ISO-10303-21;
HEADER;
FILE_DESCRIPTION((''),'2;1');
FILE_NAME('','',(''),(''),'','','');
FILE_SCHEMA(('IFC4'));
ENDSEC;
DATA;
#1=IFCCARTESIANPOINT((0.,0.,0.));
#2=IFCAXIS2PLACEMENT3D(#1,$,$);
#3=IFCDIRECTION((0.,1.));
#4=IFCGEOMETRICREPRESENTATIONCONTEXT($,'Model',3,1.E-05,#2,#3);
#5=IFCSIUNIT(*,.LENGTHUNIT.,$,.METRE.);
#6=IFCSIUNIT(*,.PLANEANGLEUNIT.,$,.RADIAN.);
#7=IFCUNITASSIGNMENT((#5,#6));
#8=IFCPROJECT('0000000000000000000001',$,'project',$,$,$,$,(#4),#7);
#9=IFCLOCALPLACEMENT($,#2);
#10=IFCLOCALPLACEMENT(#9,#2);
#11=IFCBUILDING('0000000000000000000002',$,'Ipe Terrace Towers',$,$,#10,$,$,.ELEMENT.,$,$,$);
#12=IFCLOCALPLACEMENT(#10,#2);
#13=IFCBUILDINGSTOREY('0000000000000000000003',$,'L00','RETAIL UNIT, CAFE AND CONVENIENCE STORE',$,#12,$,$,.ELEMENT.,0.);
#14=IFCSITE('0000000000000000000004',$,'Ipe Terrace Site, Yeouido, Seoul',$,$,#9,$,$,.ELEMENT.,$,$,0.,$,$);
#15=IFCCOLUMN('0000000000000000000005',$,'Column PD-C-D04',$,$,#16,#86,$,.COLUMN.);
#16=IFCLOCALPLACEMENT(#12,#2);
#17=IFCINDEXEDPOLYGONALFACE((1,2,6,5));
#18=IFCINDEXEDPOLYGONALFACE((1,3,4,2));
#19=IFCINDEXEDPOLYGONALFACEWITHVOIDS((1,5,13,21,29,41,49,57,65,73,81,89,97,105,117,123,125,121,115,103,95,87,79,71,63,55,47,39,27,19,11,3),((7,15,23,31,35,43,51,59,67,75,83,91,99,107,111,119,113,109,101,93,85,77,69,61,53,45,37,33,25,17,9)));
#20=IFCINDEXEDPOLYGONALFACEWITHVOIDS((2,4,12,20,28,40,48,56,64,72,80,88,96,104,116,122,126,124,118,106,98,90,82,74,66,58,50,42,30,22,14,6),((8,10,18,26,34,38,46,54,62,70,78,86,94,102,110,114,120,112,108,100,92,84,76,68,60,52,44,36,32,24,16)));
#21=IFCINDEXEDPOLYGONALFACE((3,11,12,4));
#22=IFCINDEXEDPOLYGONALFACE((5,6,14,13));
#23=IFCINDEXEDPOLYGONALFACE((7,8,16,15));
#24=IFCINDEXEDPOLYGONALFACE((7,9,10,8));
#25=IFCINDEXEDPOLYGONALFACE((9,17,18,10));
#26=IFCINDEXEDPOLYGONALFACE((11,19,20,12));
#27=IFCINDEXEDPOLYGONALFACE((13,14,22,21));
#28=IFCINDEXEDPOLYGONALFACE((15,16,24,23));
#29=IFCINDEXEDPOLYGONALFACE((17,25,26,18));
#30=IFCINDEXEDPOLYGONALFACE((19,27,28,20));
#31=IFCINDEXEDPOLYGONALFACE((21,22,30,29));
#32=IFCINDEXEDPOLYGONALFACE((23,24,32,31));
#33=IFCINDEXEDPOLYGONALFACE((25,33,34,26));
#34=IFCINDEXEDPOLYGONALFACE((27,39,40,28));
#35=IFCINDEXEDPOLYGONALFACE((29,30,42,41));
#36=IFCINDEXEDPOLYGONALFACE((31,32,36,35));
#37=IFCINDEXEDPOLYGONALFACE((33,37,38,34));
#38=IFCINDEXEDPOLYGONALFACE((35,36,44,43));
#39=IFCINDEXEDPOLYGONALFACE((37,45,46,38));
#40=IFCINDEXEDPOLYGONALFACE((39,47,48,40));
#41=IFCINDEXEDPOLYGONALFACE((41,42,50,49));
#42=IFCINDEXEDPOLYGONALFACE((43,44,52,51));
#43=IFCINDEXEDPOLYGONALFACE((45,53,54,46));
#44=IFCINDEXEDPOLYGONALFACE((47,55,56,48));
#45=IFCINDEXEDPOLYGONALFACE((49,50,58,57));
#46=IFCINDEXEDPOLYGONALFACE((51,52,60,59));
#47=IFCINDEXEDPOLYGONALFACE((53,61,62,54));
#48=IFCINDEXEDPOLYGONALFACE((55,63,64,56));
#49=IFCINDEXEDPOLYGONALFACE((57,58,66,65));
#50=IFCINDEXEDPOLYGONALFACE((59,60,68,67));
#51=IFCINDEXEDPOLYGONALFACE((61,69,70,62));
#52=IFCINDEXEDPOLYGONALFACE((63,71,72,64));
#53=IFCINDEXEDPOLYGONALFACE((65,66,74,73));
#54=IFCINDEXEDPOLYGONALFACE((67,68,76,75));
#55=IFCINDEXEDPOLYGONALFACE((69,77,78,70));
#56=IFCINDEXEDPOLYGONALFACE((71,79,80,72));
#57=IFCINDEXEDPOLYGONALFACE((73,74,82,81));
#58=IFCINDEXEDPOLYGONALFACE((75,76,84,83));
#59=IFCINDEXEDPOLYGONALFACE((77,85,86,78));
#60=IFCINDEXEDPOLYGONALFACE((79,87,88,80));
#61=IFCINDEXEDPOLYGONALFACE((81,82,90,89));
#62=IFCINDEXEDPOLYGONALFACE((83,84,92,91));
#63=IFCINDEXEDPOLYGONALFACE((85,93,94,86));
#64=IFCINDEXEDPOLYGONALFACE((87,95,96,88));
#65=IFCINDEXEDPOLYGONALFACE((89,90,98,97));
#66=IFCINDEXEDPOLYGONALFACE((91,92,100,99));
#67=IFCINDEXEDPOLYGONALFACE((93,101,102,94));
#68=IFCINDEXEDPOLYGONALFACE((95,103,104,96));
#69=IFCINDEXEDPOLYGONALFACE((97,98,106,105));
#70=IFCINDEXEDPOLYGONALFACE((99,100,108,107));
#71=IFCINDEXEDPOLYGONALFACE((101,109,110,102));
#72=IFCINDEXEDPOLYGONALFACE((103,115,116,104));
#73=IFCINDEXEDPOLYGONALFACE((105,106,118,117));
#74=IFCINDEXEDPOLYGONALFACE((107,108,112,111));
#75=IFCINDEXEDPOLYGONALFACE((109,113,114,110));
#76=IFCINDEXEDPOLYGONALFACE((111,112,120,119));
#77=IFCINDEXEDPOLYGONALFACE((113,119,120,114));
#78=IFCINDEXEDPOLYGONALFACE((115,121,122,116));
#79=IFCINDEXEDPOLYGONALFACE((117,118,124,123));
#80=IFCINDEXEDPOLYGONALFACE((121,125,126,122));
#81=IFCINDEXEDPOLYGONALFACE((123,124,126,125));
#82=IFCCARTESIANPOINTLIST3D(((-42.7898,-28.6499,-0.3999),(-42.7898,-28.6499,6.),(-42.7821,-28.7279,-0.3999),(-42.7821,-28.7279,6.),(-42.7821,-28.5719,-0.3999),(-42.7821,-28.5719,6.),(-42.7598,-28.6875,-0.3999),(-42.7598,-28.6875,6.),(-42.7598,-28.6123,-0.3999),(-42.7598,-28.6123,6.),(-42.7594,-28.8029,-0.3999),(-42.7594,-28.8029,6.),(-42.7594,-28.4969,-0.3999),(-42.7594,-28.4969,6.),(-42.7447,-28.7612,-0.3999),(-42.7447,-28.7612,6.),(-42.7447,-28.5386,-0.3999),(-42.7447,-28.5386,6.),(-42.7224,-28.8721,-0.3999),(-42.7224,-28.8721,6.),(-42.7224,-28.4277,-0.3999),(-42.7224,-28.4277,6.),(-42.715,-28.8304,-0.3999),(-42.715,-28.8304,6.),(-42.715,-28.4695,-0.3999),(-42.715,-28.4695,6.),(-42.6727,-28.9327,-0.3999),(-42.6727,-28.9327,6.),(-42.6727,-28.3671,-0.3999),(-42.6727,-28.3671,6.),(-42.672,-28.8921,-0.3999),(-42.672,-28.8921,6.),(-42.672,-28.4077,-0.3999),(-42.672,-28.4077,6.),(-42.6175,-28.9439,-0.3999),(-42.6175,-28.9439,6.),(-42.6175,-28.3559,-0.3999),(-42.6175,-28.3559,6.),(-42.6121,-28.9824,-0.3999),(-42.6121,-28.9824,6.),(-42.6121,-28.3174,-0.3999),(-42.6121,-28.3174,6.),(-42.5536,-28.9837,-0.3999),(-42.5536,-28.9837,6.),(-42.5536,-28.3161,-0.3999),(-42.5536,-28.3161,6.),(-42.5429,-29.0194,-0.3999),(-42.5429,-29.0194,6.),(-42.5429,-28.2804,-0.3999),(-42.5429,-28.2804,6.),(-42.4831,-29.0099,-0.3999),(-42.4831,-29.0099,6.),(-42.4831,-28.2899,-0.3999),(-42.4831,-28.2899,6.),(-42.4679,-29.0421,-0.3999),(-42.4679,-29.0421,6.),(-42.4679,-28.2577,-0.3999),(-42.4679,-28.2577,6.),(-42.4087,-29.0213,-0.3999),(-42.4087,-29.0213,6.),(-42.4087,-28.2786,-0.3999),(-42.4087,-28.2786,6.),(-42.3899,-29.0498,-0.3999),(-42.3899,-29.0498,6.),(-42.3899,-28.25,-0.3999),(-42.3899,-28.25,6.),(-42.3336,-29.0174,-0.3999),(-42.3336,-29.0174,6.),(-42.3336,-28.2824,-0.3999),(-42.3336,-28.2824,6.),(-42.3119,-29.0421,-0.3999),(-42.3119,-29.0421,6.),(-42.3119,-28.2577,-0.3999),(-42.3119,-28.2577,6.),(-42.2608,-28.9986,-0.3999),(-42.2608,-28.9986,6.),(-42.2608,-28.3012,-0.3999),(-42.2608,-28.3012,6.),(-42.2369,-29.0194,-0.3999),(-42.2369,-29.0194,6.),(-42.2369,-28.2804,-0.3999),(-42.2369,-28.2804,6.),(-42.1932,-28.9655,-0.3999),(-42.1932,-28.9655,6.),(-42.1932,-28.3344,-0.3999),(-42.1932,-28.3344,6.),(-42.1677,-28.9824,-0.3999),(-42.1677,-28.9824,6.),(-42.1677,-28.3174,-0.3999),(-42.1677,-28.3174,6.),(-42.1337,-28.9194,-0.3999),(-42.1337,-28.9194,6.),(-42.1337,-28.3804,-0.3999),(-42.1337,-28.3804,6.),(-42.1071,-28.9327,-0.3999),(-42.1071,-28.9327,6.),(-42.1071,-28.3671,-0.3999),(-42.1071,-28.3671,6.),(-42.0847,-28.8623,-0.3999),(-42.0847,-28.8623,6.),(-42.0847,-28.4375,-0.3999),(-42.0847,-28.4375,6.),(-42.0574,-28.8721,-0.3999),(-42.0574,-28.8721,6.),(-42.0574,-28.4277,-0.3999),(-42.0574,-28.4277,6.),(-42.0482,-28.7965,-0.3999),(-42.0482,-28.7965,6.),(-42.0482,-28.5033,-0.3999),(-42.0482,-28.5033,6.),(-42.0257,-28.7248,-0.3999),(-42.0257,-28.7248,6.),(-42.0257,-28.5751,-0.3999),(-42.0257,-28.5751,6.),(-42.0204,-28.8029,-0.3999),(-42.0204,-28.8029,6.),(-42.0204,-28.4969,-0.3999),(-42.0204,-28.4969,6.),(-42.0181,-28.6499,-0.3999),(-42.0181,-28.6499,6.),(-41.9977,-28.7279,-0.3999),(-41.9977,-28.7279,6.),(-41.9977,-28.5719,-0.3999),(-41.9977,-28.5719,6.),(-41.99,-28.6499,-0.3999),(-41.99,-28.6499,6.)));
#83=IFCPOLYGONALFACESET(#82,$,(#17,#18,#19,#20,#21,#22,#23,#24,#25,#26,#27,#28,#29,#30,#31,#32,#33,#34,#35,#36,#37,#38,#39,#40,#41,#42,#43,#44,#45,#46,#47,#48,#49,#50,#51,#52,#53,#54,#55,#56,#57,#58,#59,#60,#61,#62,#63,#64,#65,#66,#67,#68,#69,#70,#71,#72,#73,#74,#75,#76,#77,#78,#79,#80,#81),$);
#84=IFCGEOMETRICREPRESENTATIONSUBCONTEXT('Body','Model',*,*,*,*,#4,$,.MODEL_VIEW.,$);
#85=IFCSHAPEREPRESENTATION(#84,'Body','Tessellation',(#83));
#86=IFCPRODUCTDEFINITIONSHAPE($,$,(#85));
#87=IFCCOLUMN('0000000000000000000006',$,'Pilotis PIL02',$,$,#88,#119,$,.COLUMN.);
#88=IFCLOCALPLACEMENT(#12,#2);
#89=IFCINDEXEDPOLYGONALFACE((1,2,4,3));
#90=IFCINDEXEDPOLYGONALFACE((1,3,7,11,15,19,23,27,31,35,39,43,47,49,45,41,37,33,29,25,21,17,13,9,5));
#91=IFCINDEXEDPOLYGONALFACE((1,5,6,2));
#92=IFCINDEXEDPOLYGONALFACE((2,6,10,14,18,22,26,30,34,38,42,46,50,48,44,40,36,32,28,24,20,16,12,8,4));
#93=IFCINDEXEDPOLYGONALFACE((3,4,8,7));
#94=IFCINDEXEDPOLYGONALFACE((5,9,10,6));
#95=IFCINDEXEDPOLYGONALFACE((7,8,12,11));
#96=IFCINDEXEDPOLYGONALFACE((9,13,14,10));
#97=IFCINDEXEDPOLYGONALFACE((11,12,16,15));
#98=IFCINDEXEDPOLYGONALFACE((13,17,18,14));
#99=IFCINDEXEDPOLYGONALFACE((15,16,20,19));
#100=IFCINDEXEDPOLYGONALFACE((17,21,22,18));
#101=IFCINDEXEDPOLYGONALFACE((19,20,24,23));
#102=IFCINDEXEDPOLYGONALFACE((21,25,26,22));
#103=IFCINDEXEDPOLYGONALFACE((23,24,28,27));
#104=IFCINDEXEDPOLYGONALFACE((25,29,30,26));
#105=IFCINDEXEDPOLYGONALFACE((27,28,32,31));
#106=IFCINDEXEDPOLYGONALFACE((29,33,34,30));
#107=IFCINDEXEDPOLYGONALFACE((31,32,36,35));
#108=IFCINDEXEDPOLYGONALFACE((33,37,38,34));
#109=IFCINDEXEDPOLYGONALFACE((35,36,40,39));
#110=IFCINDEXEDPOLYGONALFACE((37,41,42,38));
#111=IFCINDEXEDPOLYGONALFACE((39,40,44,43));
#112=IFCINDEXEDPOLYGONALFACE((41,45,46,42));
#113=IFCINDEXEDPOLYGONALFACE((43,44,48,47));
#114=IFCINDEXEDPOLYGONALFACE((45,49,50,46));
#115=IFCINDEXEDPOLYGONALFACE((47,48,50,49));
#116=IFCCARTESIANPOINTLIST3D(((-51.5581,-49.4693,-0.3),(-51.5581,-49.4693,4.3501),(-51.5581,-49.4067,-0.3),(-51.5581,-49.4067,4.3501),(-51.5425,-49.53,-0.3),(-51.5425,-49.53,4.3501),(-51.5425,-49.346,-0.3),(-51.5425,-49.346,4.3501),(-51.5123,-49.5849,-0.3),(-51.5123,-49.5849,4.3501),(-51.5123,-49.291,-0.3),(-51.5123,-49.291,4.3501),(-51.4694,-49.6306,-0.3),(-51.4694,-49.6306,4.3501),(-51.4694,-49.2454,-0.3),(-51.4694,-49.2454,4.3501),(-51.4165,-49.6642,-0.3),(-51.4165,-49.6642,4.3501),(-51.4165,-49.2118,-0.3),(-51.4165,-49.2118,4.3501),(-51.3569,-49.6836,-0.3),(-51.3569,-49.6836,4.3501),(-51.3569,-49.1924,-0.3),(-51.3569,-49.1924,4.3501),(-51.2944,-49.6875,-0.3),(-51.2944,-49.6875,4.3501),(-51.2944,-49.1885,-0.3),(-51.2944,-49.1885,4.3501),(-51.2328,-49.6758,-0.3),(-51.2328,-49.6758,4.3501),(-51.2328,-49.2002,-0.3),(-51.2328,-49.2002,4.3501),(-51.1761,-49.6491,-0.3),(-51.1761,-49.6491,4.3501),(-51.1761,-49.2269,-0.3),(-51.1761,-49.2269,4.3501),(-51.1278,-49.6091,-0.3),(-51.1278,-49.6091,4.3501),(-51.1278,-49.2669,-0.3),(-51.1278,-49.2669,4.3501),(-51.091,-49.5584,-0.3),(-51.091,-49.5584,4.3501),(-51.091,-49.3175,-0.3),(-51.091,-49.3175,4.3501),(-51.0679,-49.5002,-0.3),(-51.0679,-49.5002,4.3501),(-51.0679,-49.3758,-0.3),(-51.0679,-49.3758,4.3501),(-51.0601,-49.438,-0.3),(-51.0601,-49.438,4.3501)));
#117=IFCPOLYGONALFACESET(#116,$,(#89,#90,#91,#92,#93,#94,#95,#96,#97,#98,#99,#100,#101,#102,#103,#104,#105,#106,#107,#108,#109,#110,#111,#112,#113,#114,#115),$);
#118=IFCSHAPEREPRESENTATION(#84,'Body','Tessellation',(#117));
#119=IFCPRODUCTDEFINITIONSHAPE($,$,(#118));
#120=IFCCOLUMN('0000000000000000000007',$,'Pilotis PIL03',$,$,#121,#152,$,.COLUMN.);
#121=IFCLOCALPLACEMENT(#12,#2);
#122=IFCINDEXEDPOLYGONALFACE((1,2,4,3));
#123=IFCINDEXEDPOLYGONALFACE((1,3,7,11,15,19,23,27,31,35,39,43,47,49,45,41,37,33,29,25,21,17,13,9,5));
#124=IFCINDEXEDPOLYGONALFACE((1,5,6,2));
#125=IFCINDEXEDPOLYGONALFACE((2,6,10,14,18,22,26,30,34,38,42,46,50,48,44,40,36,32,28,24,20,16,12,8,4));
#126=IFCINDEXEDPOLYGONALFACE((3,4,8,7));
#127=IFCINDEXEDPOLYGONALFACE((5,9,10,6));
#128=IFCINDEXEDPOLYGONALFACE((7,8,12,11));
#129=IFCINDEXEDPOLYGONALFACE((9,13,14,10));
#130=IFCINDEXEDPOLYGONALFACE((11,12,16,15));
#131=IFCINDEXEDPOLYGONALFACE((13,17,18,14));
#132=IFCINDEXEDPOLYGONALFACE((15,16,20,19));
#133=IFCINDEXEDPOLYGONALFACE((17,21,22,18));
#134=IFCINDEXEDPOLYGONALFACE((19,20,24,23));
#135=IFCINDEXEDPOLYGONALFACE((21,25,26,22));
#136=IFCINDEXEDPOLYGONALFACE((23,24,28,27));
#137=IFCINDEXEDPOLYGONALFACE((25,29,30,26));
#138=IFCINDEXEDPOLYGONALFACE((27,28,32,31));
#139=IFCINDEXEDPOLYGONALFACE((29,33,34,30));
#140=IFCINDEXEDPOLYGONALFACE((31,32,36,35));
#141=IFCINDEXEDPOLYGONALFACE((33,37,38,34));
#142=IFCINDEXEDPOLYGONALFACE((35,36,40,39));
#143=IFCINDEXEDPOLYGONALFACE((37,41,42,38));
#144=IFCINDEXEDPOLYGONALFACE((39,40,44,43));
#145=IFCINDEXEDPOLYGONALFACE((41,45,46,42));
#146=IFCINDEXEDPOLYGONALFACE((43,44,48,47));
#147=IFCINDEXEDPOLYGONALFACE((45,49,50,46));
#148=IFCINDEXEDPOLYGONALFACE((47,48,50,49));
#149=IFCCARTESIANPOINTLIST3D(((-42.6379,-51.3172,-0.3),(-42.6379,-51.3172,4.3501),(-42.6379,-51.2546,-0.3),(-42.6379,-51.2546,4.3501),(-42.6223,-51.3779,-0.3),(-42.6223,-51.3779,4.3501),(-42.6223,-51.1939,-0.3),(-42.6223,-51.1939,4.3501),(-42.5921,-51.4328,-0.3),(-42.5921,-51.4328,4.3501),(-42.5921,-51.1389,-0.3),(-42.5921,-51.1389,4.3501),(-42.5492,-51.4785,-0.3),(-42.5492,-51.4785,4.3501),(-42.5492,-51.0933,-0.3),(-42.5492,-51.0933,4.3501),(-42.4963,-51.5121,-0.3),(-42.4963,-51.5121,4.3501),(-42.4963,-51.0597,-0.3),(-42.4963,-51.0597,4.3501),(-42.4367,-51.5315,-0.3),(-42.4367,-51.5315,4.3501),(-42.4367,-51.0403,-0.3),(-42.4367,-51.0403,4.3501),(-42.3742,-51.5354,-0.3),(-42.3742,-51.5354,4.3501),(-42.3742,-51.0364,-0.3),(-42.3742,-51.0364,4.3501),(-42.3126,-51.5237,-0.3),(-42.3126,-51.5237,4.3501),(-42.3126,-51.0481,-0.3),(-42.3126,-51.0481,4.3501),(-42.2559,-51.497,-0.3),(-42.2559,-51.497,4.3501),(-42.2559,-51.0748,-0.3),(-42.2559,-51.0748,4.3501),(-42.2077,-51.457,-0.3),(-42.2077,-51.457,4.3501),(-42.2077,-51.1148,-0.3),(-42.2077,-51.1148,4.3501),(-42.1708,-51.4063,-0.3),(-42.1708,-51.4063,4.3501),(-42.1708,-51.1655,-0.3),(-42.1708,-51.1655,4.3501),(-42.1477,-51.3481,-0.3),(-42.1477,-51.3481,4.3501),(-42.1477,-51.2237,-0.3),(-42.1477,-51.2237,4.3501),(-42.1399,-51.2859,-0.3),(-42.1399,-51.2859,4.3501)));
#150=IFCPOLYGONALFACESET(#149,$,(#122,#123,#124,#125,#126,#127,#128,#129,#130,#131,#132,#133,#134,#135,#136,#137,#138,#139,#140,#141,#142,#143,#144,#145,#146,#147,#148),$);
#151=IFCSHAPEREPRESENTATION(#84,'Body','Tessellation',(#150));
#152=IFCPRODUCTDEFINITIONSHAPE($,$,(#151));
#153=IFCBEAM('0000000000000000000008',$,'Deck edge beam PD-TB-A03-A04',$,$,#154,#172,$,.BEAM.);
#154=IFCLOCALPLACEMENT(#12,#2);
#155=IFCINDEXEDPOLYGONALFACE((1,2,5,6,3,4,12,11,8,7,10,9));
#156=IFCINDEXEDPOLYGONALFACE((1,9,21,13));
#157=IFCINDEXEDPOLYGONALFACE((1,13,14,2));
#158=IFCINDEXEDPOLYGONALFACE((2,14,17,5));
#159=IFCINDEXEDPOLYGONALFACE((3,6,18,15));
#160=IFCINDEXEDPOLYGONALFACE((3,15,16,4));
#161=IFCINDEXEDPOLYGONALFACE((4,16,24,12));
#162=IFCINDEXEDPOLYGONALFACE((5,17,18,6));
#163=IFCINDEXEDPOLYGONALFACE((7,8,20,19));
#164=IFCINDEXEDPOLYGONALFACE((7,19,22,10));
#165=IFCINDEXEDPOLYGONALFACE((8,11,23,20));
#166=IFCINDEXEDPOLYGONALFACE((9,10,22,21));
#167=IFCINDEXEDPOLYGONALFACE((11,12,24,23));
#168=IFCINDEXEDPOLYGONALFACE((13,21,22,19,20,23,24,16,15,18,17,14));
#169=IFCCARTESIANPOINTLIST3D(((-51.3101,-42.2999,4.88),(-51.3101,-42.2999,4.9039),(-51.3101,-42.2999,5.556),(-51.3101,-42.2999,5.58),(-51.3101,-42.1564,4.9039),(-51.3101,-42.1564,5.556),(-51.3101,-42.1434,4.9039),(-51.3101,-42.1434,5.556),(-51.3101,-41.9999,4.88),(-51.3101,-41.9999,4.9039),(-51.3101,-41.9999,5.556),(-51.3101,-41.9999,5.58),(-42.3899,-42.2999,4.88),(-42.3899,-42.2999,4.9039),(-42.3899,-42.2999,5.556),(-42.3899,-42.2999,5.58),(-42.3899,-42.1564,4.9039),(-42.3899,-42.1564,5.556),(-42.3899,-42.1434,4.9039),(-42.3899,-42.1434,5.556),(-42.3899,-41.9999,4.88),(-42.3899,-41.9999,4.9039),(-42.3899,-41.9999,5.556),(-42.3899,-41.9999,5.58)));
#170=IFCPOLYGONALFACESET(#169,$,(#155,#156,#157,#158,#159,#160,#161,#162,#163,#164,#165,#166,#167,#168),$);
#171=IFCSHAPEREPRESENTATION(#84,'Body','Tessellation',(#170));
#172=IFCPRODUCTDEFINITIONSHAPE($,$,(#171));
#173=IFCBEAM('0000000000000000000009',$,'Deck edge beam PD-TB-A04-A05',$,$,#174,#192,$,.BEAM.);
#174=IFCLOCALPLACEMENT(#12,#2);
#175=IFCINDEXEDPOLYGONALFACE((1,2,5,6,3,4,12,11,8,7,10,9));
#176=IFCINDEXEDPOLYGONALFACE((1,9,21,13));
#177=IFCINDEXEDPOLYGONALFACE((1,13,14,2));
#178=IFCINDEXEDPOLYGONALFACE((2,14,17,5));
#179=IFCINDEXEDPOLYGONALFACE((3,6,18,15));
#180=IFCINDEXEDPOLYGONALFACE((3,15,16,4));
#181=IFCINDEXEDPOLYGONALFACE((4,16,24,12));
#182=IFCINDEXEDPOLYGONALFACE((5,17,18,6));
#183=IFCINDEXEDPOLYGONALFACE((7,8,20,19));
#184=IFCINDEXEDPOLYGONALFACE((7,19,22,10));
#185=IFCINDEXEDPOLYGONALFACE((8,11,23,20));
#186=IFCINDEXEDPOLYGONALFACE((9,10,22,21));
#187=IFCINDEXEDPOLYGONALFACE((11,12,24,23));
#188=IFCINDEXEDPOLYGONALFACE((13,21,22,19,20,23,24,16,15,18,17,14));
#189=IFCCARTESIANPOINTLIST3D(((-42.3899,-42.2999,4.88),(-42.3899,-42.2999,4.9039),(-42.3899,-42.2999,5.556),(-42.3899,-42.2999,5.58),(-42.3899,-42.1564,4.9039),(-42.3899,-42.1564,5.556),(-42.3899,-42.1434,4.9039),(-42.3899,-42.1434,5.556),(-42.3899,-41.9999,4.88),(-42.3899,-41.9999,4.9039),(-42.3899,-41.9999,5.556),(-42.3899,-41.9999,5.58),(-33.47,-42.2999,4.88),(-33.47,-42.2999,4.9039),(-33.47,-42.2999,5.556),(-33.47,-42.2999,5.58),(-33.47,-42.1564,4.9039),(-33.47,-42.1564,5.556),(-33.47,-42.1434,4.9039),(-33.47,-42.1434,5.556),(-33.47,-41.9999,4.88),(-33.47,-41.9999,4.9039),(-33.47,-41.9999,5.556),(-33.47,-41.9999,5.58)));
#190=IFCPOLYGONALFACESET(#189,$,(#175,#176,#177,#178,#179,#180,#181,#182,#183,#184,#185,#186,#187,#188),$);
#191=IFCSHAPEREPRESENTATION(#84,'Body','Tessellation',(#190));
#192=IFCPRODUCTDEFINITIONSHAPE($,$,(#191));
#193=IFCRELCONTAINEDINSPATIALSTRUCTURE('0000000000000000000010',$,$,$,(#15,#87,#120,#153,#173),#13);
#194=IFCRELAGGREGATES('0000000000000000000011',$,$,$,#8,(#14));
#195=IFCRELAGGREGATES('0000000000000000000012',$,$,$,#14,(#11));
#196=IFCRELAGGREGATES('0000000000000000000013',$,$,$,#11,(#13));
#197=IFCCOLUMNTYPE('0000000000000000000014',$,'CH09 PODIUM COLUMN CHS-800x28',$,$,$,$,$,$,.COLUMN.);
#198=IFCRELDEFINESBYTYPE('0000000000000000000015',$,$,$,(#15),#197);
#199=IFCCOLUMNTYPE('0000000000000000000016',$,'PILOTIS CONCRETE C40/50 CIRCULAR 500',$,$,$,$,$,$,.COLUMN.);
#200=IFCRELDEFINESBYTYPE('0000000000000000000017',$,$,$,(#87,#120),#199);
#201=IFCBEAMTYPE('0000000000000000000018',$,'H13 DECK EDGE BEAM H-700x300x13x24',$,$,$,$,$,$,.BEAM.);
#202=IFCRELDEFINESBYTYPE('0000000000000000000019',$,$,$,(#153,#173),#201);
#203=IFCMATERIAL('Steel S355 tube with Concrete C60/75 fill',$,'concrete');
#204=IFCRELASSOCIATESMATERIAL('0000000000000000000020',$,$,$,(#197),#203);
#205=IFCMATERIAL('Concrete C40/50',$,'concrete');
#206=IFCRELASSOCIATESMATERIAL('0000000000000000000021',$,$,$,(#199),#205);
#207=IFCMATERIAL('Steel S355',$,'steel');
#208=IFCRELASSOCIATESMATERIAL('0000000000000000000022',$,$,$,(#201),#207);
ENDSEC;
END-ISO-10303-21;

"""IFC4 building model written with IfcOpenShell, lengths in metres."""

from ifc_helpers import new_model, si_unit, direction, frame, origin, origin_2d, place, context, subcontext, project, spatial, circle, hollow_circle, i_section, extrude, material, material_profile, profile_set, type_object, element, save


model = new_model("IFC4")

# Units and contexts
model_context = context("Model", 3, precision=1e-05, world=origin(), true_north=direction((0.0, 1.0)))
body_context = subcontext(model_context, "Body", "Model", "MODEL_VIEW")
ifc_project = project(units=[si_unit("LENGTHUNIT", "METRE"), si_unit("PLANEANGLEUNIT", "RADIAN")], contexts=[model_context])

# Site, building, storey
site_placement = place(None, origin())
site = spatial("IfcSite", under=ifc_project, at=site_placement, Name="Ipe Terrace Site, Yeouido, Seoul", CompositionType="ELEMENT", RefElevation=0.0)
building_placement = place(site_placement, origin())
building = spatial("IfcBuilding", under=site, at=building_placement, Name="Ipe Terrace Towers", CompositionType="ELEMENT")
storey_placement = place(building_placement, origin())
storey = spatial("IfcBuildingStorey", under=building, at=storey_placement, Name="L00", Description="RETAIL UNIT, CAFE AND CONVENIENCE STORE", CompositionType="ELEMENT", Elevation=0.0)

# Columns
ifc_material_1 = material(Name="Steel S355 tube with Concrete C60/75 fill", Category="concrete")
ifc_material_profile_1 = material_profile(ifc_material_1, hollow_circle(Radius=0.3999, WallThickness=0.0281, at=origin_2d()), Name="CHS-800x28")
ifc_profile_set_1 = profile_set([ifc_material_profile_1], Name="Steel S355 tube with Concrete C60/75 fill")
column_type_1 = type_object("IfcColumnType", Name="CH09 PODIUM COLUMN CHS-800x28", PredefinedType="COLUMN", material=ifc_profile_set_1)
for number, where, z_axis, x_axis, name in (
    (1, (-42.3899, -28.6499, -0.3999), (0.0, 0.0, 1.0), (1.0, 0.0, 0.0), "Column PD-C-D04"),
):
    element("IfcColumn", number, at=place(storey_placement, frame(where, z_axis=z_axis, x_axis=x_axis)), inside=storey, type_object=column_type_1, Name=name, PredefinedType="COLUMN", context=body_context, shape_type="SweptSolid", body=[
        extrude(hollow_circle(Radius=0.3999, WallThickness=0.0281, at=origin_2d()), origin(), (0.0, 0.0, 1.0), 6.3999),
    ])
ifc_material_2 = material(Name="Concrete C40/50", Category="concrete")
ifc_material_profile_2 = material_profile(ifc_material_2, circle(Radius=0.25, at=origin_2d()), Name="PILOTIS CONCRETE C40/50 CIRCULAR 500")
ifc_profile_set_2 = profile_set([ifc_material_profile_2], Name="Concrete C40/50")
column_type_2 = type_object("IfcColumnType", Name="PILOTIS CONCRETE C40/50 CIRCULAR 500", PredefinedType="COLUMN", material=ifc_profile_set_2)
for number, where, z_axis, x_axis, name in (
    (2, (-51.3101, -49.438, -0.3), (0.0, 0.0, 1.0), (1.0, 0.0, 0.0), "Pilotis PIL02"),
    (3, (-42.3899, -51.2859, -0.3), (0.0, 0.0, 1.0), (1.0, 0.0, 0.0), "Pilotis PIL03"),
):
    element("IfcColumn", number, at=place(storey_placement, frame(where, z_axis=z_axis, x_axis=x_axis)), inside=storey, type_object=column_type_2, Name=name, PredefinedType="COLUMN", context=body_context, shape_type="SweptSolid", body=[
        extrude(circle(Radius=0.25, at=origin_2d()), origin(), (0.0, 0.0, 1.0), 4.6501),
    ])

# Beams
ifc_material_3 = material(Name="Steel S355", Category="steel")
ifc_material_profile_3 = material_profile(ifc_material_3, i_section(OverallWidth=0.3, OverallDepth=0.7, WebThickness=0.0129, FlangeThickness=0.0239, at=origin_2d()), Name="H-700x300x13x24")
ifc_profile_set_3 = profile_set([ifc_material_profile_3], Name="Steel S355")
beam_type = type_object("IfcBeamType", Name="H13 DECK EDGE BEAM H-700x300x13x24", PredefinedType="BEAM", material=ifc_profile_set_3)
beam_1_placement = place(storey_placement, frame((-51.3101, -42.1499, 5.23), z_axis=(1.0, 0.0, 0.0), x_axis=(0.0, 1.0, 0.0)))
element("IfcBeam", 4, at=beam_1_placement, inside=storey, type_object=beam_type, Name="Deck edge beam PD-TB-A03-A04", PredefinedType="BEAM", context=body_context, shape_type="SweptSolid", body=[
    extrude(i_section(OverallWidth=0.3, OverallDepth=0.7, WebThickness=0.0129, FlangeThickness=0.0239, at=origin_2d()), origin(), (0.0, 0.0, 1.0), 8.9202),
])
beam_2_placement = place(storey_placement, frame((-42.3899, -42.1499, 5.23), z_axis=(1.0, 0.0, 0.0), x_axis=(0.0, 1.0, 0.0)))
element("IfcBeam", 5, at=beam_2_placement, inside=storey, type_object=beam_type, Name="Deck edge beam PD-TB-A04-A05", PredefinedType="BEAM", context=body_context, shape_type="SweptSolid", body=[
    extrude(i_section(OverallWidth=0.3, OverallDepth=0.7, WebThickness=0.0129, FlangeThickness=0.0239, at=origin_2d()), origin(), (0.0, 0.0, 1.0), 8.9199),
])

save(model, "model.ifc")
